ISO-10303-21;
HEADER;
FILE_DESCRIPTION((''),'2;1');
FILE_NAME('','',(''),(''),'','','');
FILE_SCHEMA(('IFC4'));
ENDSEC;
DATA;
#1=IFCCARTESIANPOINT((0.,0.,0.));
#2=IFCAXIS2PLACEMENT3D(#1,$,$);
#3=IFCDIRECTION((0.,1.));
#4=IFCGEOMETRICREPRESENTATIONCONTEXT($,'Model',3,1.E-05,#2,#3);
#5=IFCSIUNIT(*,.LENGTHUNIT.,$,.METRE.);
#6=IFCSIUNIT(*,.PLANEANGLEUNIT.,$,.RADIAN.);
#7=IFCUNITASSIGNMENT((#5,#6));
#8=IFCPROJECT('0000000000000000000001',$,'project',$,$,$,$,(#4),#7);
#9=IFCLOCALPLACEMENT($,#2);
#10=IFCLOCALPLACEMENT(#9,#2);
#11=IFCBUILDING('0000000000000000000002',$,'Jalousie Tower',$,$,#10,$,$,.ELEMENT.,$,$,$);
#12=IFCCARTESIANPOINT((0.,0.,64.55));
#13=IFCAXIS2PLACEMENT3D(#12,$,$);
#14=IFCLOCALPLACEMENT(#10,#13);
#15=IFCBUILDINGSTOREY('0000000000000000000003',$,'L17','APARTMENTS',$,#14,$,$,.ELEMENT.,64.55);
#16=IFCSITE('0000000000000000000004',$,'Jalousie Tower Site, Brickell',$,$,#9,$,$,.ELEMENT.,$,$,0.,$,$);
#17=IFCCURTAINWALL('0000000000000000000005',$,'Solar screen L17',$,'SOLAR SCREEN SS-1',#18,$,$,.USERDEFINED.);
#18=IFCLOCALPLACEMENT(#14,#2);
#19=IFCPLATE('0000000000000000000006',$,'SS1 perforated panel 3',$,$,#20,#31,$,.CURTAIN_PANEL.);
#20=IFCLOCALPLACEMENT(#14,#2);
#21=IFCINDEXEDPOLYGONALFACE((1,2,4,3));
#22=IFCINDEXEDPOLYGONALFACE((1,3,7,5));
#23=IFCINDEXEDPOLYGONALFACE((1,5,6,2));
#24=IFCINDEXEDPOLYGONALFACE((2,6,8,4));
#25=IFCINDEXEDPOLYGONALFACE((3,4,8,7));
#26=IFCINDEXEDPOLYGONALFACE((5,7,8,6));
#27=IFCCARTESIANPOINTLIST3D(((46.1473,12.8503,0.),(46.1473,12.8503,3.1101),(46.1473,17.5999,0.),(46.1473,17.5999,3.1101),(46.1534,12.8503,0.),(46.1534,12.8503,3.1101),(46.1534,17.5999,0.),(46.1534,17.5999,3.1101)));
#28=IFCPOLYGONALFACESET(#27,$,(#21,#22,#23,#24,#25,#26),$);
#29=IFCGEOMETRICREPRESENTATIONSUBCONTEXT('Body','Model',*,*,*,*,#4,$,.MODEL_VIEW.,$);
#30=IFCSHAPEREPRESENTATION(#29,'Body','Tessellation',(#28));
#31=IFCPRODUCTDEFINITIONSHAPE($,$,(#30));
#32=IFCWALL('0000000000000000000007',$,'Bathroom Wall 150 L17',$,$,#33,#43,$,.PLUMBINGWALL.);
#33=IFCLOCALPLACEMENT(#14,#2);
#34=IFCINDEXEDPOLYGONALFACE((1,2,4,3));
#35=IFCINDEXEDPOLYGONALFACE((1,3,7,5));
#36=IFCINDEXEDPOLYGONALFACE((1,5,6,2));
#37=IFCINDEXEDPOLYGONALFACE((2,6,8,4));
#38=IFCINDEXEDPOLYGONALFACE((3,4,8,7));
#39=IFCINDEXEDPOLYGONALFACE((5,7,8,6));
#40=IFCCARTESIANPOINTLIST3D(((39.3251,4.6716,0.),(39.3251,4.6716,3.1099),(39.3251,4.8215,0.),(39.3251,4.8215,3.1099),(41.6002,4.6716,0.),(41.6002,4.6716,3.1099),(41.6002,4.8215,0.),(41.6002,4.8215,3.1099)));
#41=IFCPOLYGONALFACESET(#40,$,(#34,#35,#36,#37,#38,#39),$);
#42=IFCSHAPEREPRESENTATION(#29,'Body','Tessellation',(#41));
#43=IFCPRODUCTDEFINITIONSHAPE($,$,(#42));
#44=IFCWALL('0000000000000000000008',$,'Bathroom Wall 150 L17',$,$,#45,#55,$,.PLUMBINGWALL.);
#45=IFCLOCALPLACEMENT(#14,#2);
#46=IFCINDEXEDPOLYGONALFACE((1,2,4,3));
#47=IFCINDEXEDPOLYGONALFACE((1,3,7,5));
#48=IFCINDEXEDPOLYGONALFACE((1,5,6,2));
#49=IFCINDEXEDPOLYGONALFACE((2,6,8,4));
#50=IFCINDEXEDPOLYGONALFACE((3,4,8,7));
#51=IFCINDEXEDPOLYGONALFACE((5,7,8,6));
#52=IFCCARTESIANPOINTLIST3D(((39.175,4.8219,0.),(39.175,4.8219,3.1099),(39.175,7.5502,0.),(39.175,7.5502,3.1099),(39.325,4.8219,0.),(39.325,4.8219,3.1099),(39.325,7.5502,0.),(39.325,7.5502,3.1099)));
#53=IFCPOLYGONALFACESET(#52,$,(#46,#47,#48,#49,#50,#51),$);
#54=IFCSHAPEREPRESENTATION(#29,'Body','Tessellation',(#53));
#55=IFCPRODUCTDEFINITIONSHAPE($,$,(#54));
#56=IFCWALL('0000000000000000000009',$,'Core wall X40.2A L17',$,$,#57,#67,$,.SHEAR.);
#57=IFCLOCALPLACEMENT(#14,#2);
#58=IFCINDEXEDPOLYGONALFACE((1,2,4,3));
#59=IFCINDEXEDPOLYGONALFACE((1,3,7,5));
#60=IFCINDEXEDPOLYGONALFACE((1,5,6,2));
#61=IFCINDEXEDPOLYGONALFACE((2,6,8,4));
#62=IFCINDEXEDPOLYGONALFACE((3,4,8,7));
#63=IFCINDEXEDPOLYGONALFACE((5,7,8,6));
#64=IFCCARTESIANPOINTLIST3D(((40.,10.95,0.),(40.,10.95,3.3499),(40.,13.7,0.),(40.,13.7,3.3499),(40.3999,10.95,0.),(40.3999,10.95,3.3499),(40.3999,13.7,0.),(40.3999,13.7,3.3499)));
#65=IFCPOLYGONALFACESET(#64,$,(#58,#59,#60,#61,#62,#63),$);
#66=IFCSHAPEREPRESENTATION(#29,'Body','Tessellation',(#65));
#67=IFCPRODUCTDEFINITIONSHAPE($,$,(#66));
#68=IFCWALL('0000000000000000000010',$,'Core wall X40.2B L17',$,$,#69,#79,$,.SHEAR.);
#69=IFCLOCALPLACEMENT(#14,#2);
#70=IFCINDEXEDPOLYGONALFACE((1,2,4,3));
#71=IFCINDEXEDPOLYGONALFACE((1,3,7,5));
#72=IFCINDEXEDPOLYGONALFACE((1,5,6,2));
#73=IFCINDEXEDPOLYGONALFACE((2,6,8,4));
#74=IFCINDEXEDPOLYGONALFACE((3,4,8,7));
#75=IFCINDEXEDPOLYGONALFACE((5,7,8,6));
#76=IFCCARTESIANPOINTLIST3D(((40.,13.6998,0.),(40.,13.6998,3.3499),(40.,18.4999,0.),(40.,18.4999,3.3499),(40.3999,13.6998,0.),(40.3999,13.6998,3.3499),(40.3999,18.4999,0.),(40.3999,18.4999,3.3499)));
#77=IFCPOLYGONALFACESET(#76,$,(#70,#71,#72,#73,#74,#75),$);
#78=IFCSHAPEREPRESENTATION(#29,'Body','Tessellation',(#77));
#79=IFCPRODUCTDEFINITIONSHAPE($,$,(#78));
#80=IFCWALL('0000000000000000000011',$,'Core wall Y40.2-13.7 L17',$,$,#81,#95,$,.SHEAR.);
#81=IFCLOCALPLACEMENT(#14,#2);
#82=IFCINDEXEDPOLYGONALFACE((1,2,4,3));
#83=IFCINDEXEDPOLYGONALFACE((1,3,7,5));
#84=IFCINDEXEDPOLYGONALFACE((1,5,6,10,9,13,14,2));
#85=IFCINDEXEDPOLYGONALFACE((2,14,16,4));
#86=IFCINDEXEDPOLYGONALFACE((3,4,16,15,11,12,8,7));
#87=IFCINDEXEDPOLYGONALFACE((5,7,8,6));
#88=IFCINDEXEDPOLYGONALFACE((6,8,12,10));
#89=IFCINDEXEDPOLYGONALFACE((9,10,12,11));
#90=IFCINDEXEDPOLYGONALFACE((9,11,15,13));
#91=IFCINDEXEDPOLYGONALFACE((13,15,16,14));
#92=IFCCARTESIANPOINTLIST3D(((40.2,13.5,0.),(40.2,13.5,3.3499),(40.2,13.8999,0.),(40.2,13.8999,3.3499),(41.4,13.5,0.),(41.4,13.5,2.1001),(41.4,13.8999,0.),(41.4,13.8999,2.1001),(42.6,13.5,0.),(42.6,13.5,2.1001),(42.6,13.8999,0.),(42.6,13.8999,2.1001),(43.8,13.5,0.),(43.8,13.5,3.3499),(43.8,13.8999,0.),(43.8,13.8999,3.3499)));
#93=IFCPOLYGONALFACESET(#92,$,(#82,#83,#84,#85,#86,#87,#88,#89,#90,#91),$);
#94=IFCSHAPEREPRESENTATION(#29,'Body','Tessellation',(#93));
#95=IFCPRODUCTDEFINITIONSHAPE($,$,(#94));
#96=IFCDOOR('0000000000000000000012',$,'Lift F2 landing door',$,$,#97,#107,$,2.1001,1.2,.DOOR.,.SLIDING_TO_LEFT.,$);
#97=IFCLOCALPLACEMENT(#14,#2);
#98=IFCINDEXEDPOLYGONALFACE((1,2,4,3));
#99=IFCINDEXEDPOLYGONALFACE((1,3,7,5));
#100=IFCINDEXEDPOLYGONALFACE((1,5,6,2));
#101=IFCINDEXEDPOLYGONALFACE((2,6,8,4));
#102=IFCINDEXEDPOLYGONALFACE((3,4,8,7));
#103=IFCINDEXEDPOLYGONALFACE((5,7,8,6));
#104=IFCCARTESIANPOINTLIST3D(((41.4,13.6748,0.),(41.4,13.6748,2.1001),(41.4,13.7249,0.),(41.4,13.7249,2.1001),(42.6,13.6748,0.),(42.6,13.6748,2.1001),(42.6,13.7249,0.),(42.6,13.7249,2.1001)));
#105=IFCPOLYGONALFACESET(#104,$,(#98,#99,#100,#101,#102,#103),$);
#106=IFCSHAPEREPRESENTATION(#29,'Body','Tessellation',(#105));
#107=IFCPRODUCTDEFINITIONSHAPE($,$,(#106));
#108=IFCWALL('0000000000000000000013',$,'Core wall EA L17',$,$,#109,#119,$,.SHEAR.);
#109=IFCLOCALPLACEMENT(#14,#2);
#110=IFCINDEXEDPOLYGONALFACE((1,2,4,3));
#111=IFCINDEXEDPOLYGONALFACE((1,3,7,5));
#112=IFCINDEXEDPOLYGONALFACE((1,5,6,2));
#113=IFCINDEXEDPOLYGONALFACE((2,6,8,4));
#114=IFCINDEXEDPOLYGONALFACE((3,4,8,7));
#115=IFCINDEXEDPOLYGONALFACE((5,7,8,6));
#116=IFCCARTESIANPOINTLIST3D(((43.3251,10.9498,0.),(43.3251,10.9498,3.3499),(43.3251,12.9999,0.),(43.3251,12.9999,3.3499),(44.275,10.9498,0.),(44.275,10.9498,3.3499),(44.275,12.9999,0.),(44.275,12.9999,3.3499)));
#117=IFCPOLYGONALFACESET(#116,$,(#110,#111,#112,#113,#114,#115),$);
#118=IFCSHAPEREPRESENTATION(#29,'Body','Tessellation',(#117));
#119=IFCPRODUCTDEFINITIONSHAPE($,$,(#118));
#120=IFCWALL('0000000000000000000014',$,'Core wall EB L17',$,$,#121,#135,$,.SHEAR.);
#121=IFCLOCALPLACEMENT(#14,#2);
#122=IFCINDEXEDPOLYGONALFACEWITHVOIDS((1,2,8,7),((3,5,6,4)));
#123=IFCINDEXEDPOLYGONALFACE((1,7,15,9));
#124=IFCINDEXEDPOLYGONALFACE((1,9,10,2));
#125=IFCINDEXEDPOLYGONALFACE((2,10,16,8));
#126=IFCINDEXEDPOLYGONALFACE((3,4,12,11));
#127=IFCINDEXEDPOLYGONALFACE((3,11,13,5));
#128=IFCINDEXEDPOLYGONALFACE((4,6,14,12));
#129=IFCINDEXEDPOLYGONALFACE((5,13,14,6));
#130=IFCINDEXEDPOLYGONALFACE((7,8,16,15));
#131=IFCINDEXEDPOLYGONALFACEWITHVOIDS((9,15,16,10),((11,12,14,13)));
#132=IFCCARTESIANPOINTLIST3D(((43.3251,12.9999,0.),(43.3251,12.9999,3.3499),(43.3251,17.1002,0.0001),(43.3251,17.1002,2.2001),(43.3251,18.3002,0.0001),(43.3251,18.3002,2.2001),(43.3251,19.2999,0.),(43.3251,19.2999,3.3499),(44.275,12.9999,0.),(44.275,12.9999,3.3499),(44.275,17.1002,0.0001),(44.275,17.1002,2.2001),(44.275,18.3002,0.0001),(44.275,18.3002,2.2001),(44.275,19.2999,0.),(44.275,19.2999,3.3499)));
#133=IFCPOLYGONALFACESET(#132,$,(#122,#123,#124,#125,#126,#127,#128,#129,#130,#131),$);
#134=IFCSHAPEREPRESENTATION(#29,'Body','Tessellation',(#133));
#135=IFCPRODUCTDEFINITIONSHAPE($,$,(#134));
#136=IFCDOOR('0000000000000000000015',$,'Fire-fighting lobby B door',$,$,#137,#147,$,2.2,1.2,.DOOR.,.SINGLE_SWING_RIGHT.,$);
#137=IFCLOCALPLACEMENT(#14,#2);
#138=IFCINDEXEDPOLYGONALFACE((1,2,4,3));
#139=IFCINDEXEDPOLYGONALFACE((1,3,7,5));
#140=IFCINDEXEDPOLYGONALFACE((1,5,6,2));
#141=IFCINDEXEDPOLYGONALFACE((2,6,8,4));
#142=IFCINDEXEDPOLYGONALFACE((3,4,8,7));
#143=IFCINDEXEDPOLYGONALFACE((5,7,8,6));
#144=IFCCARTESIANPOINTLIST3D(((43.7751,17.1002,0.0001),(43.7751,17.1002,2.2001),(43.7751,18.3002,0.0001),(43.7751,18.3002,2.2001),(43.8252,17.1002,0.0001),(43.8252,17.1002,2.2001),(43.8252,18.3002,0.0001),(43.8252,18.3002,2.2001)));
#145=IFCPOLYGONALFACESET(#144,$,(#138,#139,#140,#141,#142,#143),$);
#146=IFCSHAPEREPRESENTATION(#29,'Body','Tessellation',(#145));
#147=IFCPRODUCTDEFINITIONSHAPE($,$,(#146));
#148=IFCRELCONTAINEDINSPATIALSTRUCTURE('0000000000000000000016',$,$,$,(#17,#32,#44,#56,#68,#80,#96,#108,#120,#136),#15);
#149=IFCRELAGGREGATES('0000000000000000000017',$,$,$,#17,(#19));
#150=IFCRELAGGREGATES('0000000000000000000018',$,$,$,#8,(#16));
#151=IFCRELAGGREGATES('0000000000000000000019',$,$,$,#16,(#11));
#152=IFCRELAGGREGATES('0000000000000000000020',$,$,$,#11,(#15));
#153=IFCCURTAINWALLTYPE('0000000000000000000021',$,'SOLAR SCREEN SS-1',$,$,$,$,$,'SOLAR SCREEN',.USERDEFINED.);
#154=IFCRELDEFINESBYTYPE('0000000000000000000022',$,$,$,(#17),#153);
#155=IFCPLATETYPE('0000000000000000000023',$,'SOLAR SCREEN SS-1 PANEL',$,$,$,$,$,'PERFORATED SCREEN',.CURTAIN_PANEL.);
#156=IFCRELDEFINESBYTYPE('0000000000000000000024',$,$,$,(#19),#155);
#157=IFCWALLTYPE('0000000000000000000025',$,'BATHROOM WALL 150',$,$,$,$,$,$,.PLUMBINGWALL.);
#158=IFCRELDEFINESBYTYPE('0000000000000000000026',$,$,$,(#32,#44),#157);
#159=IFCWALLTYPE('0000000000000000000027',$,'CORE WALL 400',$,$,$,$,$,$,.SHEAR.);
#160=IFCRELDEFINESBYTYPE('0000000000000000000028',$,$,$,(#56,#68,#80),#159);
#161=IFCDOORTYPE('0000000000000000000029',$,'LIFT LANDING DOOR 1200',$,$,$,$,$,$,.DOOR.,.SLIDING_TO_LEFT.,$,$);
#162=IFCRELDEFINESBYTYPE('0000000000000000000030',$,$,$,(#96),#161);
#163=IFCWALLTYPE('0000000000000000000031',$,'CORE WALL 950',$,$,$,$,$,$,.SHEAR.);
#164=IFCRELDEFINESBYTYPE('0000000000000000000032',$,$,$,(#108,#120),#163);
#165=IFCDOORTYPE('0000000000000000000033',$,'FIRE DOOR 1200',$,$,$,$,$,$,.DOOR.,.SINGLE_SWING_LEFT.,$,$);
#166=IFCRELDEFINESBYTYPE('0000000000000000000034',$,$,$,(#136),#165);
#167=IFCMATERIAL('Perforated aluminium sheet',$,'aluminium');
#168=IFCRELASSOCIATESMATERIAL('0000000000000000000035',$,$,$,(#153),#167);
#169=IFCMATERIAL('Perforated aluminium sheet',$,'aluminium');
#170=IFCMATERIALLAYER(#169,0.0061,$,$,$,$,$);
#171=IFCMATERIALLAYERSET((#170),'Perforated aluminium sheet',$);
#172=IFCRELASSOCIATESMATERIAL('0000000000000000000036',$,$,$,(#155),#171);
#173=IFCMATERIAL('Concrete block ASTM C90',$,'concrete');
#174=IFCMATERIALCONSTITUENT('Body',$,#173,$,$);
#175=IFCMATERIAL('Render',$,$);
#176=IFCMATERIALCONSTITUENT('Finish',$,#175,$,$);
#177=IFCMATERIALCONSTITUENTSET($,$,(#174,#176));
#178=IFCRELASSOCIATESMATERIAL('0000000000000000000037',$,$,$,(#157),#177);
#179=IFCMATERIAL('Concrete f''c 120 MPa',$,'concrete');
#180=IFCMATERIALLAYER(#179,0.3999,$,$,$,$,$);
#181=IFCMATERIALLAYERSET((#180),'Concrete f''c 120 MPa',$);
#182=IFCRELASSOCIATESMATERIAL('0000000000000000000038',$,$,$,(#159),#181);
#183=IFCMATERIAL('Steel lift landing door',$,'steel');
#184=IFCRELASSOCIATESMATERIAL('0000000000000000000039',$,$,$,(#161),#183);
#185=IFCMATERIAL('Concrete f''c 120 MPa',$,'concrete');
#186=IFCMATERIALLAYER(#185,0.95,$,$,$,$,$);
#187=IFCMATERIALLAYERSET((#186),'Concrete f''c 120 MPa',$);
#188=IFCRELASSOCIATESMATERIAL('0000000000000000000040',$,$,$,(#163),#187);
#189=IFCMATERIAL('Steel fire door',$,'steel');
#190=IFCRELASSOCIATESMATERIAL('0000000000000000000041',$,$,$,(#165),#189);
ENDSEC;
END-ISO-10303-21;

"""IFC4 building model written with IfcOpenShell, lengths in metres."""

from ifc_helpers import new_model, si_unit, direction, frame, frame_2d, origin, origin_2d, place, context, subcontext, project, spatial, rectangle, extrude, material, layer, layer_set, constituent, constituent_set, type_object, element, fill, aggregate, save


model = new_model("IFC4")

# Units and contexts
model_context = context("Model", 3, precision=1e-05, world=origin(), true_north=direction((0.0, 1.0)))
body_context = subcontext(model_context, "Body", "Model", "MODEL_VIEW")
ifc_project = project(units=[si_unit("LENGTHUNIT", "METRE"), si_unit("PLANEANGLEUNIT", "RADIAN")], contexts=[model_context])

# Site, building, storey
site_placement = place(None, origin())
site = spatial("IfcSite", under=ifc_project, at=site_placement, Name="Jalousie Tower Site, Brickell", CompositionType="ELEMENT", RefElevation=0.0)
building_placement = place(site_placement, origin())
building = spatial("IfcBuilding", under=site, at=building_placement, Name="Jalousie Tower", CompositionType="ELEMENT")
storey_placement = place(building_placement, frame((0.0, 0.0, 64.55)))
storey = spatial("IfcBuildingStorey", under=building, at=storey_placement, Name="L17", Description="APARTMENTS", CompositionType="ELEMENT", Elevation=64.55)

# Curtain wall, plate
ifc_material_1 = material(Name="Perforated aluminium sheet", Category="aluminium")
curtain_wall_type = type_object("IfcCurtainWallType", Name="SOLAR SCREEN SS-1", ElementType="SOLAR SCREEN", PredefinedType="USERDEFINED", material=ifc_material_1)
curtain_wall_placement = place(storey_placement, origin())
curtain_wall = element("IfcCurtainWall", 1, at=curtain_wall_placement, inside=storey, type_object=curtain_wall_type, Name="Solar screen L17", ObjectType="SOLAR SCREEN SS-1", PredefinedType="USERDEFINED")
ifc_material_2 = material(Name="Perforated aluminium sheet", Category="aluminium")
ifc_layer_1 = layer(ifc_material_2, 0.0061)
ifc_layer_set_1 = layer_set([ifc_layer_1], Name="Perforated aluminium sheet")
plate_type = type_object("IfcPlateType", Name="SOLAR SCREEN SS-1 PANEL", ElementType="PERFORATED SCREEN", PredefinedType="CURTAIN_PANEL", material=ifc_layer_set_1)
plate_1_placement = place(storey_placement, frame((46.1504, 15.2251, 0.0), z_axis=(0.0, 0.0, 1.0), x_axis=(0.0, 1.0, 0.0)))
plate_1 = element("IfcPlate", 2, at=plate_1_placement, type_object=plate_type, Name="SS1 perforated panel 3", PredefinedType="CURTAIN_PANEL", context=body_context, shape_type="SweptSolid", body=[
    extrude(rectangle(XDim=4.7495, YDim=0.0061, at=origin_2d()), origin(), (0.0, 0.0, 1.0), 3.1101),
])
aggregate(curtain_wall, [plate_1])

# Walls
ifc_material_3 = material(Name="Concrete block ASTM C90", Category="concrete")
ifc_constituent_1 = constituent(ifc_material_3, Name="Body")
ifc_material_4 = material(Name="Render")
ifc_constituent_2 = constituent(ifc_material_4, Name="Finish")
ifc_constituent_set_1 = constituent_set(constituents=[ifc_constituent_1, ifc_constituent_2])
wall_type_1 = type_object("IfcWallType", Name="BATHROOM WALL 150", PredefinedType="PLUMBINGWALL", material=ifc_constituent_set_1)
wall_1_placement = place(storey_placement, frame((39.325, 4.7466, 0.0), z_axis=(0.0, 0.0, 1.0), x_axis=(1.0, 0.0, 0.0)))
element("IfcWall", 3, at=wall_1_placement, inside=storey, type_object=wall_type_1, Name="Bathroom Wall 150 L17", PredefinedType="PLUMBINGWALL", context=body_context, shape_type="SweptSolid", body=[
    extrude(rectangle(XDim=2.2751, YDim=0.1499, at=frame_2d((1.1377, 0.0))), origin(), (0.0, 0.0, 1.0), 3.1099),
])
wall_2_placement = place(storey_placement, frame((39.25, 4.8218, 0.0), z_axis=(0.0, 0.0, 1.0), x_axis=(0.0, 1.0, 0.0)))
element("IfcWall", 4, at=wall_2_placement, inside=storey, type_object=wall_type_1, Name="Bathroom Wall 150 L17", PredefinedType="PLUMBINGWALL", context=body_context, shape_type="SweptSolid", body=[
    extrude(rectangle(XDim=2.7283, YDim=0.1499, at=frame_2d((1.3643, 0.0))), origin(), (0.0, 0.0, 1.0), 3.1099),
])
ifc_material_5 = material(Name="Concrete f'c 120 MPa", Category="concrete")
ifc_layer_2 = layer(ifc_material_5, 0.3999)
ifc_layer_set_2 = layer_set([ifc_layer_2], Name="Concrete f'c 120 MPa")
wall_type_2 = type_object("IfcWallType", Name="CORE WALL 400", PredefinedType="SHEAR", material=ifc_layer_set_2)
wall_3_placement = place(storey_placement, frame((40.2, 10.95, 0.0), z_axis=(0.0, 0.0, 1.0), x_axis=(0.0, 1.0, 0.0)))
element("IfcWall", 5, at=wall_3_placement, inside=storey, type_object=wall_type_2, Name="Core wall X40.2A L17", PredefinedType="SHEAR", context=body_context, shape_type="SweptSolid", body=[
    extrude(rectangle(XDim=2.75, YDim=0.3999, at=frame_2d((1.375, 0.0))), origin(), (0.0, 0.0, 1.0), 3.3499),
])
wall_4_placement = place(storey_placement, frame((40.2, 13.7, 0.0), z_axis=(0.0, 0.0, 1.0), x_axis=(0.0, 1.0, 0.0)))
element("IfcWall", 6, at=wall_4_placement, inside=storey, type_object=wall_type_2, Name="Core wall X40.2B L17", PredefinedType="SHEAR", context=body_context, shape_type="SweptSolid", body=[
    extrude(rectangle(XDim=4.8, YDim=0.3999, at=frame_2d((2.3999, 0.0))), origin(), (0.0, 0.0, 1.0), 3.3499),
])

# Wall, opening, door
wall_5_placement = place(storey_placement, frame((40.2, 13.7, 0.0), z_axis=(0.0, 0.0, 1.0), x_axis=(1.0, 0.0, 0.0)))
wall_5 = element("IfcWall", 7, at=wall_5_placement, inside=storey, type_object=wall_type_2, Name="Core wall Y40.2-13.7 L17", PredefinedType="SHEAR", context=body_context, shape_type="SweptSolid", body=[
    extrude(rectangle(XDim=3.6001, YDim=0.3999, at=frame_2d((1.8, 0.0))), origin(), (0.0, 0.0, 1.0), 3.3499),
])
opening_1_placement = place(wall_5_placement, frame((1.2, 0.0, 0.0)))
opening_1 = element("IfcOpeningElement", 8, at=opening_1_placement, cuts=wall_5, PredefinedType="OPENING", context=body_context, shape_type="SweptSolid", body=[
    extrude(rectangle(XDim=1.2, YDim=2.1001, at=frame_2d((0.6001, 1.05))), frame((0.0, 0.21, 0.0), z_axis=(0.0, -1.0, 0.0), x_axis=(1.0, 0.0, 0.0)), (0.0, 0.0, 1.0), 0.4199),
])
ifc_material_6 = material(Name="Steel lift landing door", Category="steel")
door_type_1 = type_object("IfcDoorType", Name="LIFT LANDING DOOR 1200", OperationType="SLIDING_TO_LEFT", PredefinedType="DOOR", material=ifc_material_6)
door_1_placement = place(opening_1_placement, origin())
door_1 = element("IfcDoor", 9, at=door_1_placement, inside=storey, type_object=door_type_1, Name="Lift F2 landing door", OperationType="SLIDING_TO_LEFT", OverallHeight=2.1001, OverallWidth=1.2, PredefinedType="DOOR", context=body_context, shape_type="SweptSolid", body=[
    extrude(rectangle(XDim=1.2, YDim=2.1001, at=frame_2d((0.6001, 1.05))), frame((0.0, 0.0249, 0.0), z_axis=(0.0, -1.0, 0.0), x_axis=(1.0, 0.0, 0.0)), (0.0, 0.0, 1.0), 0.05),
])
fill(opening_1, door_1)

# Wall
ifc_material_7 = material(Name="Concrete f'c 120 MPa", Category="concrete")
ifc_layer_3 = layer(ifc_material_7, 0.95)
ifc_layer_set_3 = layer_set([ifc_layer_3], Name="Concrete f'c 120 MPa")
wall_type_3 = type_object("IfcWallType", Name="CORE WALL 950", PredefinedType="SHEAR", material=ifc_layer_set_3)
wall_6_placement = place(storey_placement, frame((43.8, 10.95, 0.0), z_axis=(0.0, 0.0, 1.0), x_axis=(0.0, 1.0, 0.0)))
element("IfcWall", 10, at=wall_6_placement, inside=storey, type_object=wall_type_3, Name="Core wall EA L17", PredefinedType="SHEAR", context=body_context, shape_type="SweptSolid", body=[
    extrude(rectangle(XDim=2.05, YDim=0.95, at=frame_2d((1.0249, 0.0))), origin(), (0.0, 0.0, 1.0), 3.3499),
])

# Wall, opening, door
wall_7_placement = place(storey_placement, frame((43.8, 13.0, 0.0), z_axis=(0.0, 0.0, 1.0), x_axis=(0.0, 1.0, 0.0)))
wall_7 = element("IfcWall", 11, at=wall_7_placement, inside=storey, type_object=wall_type_3, Name="Core wall EB L17", PredefinedType="SHEAR", context=body_context, shape_type="SweptSolid", body=[
    extrude(rectangle(XDim=6.3, YDim=0.95, at=frame_2d((3.1499, 0.0))), origin(), (0.0, 0.0, 1.0), 3.3499),
])
opening_2_placement = place(wall_7_placement, frame((4.1001, 0.0, 0.0)))
opening_2 = element("IfcOpeningElement", 12, at=opening_2_placement, cuts=wall_7, PredefinedType="OPENING", context=body_context, shape_type="SweptSolid", body=[
    extrude(rectangle(XDim=1.2, YDim=2.2, at=frame_2d((0.6001, 1.1001))), frame((0.0, 0.4849, 0.0), z_axis=(0.0, -1.0, 0.0), x_axis=(1.0, 0.0, 0.0)), (0.0, 0.0, 1.0), 0.97),
])
ifc_material_8 = material(Name="Steel fire door", Category="steel")
door_type_2 = type_object("IfcDoorType", Name="FIRE DOOR 1200", OperationType="SINGLE_SWING_LEFT", PredefinedType="DOOR", material=ifc_material_8)
door_2_placement = place(opening_2_placement, origin())
door_2 = element("IfcDoor", 13, at=door_2_placement, inside=storey, type_object=door_type_2, Name="Fire-fighting lobby B door", OperationType="SINGLE_SWING_RIGHT", OverallHeight=2.2, OverallWidth=1.2, PredefinedType="DOOR", context=body_context, shape_type="SweptSolid", body=[
    extrude(rectangle(XDim=1.2, YDim=2.2, at=frame_2d((0.6001, 1.1001))), frame((0.0, 0.0249, 0.0), z_axis=(0.0, -1.0, 0.0), x_axis=(1.0, 0.0, 0.0)), (0.0, 0.0, 1.0), 0.05),
])
fill(opening_2, door_2)

save(model, "model.ifc")
